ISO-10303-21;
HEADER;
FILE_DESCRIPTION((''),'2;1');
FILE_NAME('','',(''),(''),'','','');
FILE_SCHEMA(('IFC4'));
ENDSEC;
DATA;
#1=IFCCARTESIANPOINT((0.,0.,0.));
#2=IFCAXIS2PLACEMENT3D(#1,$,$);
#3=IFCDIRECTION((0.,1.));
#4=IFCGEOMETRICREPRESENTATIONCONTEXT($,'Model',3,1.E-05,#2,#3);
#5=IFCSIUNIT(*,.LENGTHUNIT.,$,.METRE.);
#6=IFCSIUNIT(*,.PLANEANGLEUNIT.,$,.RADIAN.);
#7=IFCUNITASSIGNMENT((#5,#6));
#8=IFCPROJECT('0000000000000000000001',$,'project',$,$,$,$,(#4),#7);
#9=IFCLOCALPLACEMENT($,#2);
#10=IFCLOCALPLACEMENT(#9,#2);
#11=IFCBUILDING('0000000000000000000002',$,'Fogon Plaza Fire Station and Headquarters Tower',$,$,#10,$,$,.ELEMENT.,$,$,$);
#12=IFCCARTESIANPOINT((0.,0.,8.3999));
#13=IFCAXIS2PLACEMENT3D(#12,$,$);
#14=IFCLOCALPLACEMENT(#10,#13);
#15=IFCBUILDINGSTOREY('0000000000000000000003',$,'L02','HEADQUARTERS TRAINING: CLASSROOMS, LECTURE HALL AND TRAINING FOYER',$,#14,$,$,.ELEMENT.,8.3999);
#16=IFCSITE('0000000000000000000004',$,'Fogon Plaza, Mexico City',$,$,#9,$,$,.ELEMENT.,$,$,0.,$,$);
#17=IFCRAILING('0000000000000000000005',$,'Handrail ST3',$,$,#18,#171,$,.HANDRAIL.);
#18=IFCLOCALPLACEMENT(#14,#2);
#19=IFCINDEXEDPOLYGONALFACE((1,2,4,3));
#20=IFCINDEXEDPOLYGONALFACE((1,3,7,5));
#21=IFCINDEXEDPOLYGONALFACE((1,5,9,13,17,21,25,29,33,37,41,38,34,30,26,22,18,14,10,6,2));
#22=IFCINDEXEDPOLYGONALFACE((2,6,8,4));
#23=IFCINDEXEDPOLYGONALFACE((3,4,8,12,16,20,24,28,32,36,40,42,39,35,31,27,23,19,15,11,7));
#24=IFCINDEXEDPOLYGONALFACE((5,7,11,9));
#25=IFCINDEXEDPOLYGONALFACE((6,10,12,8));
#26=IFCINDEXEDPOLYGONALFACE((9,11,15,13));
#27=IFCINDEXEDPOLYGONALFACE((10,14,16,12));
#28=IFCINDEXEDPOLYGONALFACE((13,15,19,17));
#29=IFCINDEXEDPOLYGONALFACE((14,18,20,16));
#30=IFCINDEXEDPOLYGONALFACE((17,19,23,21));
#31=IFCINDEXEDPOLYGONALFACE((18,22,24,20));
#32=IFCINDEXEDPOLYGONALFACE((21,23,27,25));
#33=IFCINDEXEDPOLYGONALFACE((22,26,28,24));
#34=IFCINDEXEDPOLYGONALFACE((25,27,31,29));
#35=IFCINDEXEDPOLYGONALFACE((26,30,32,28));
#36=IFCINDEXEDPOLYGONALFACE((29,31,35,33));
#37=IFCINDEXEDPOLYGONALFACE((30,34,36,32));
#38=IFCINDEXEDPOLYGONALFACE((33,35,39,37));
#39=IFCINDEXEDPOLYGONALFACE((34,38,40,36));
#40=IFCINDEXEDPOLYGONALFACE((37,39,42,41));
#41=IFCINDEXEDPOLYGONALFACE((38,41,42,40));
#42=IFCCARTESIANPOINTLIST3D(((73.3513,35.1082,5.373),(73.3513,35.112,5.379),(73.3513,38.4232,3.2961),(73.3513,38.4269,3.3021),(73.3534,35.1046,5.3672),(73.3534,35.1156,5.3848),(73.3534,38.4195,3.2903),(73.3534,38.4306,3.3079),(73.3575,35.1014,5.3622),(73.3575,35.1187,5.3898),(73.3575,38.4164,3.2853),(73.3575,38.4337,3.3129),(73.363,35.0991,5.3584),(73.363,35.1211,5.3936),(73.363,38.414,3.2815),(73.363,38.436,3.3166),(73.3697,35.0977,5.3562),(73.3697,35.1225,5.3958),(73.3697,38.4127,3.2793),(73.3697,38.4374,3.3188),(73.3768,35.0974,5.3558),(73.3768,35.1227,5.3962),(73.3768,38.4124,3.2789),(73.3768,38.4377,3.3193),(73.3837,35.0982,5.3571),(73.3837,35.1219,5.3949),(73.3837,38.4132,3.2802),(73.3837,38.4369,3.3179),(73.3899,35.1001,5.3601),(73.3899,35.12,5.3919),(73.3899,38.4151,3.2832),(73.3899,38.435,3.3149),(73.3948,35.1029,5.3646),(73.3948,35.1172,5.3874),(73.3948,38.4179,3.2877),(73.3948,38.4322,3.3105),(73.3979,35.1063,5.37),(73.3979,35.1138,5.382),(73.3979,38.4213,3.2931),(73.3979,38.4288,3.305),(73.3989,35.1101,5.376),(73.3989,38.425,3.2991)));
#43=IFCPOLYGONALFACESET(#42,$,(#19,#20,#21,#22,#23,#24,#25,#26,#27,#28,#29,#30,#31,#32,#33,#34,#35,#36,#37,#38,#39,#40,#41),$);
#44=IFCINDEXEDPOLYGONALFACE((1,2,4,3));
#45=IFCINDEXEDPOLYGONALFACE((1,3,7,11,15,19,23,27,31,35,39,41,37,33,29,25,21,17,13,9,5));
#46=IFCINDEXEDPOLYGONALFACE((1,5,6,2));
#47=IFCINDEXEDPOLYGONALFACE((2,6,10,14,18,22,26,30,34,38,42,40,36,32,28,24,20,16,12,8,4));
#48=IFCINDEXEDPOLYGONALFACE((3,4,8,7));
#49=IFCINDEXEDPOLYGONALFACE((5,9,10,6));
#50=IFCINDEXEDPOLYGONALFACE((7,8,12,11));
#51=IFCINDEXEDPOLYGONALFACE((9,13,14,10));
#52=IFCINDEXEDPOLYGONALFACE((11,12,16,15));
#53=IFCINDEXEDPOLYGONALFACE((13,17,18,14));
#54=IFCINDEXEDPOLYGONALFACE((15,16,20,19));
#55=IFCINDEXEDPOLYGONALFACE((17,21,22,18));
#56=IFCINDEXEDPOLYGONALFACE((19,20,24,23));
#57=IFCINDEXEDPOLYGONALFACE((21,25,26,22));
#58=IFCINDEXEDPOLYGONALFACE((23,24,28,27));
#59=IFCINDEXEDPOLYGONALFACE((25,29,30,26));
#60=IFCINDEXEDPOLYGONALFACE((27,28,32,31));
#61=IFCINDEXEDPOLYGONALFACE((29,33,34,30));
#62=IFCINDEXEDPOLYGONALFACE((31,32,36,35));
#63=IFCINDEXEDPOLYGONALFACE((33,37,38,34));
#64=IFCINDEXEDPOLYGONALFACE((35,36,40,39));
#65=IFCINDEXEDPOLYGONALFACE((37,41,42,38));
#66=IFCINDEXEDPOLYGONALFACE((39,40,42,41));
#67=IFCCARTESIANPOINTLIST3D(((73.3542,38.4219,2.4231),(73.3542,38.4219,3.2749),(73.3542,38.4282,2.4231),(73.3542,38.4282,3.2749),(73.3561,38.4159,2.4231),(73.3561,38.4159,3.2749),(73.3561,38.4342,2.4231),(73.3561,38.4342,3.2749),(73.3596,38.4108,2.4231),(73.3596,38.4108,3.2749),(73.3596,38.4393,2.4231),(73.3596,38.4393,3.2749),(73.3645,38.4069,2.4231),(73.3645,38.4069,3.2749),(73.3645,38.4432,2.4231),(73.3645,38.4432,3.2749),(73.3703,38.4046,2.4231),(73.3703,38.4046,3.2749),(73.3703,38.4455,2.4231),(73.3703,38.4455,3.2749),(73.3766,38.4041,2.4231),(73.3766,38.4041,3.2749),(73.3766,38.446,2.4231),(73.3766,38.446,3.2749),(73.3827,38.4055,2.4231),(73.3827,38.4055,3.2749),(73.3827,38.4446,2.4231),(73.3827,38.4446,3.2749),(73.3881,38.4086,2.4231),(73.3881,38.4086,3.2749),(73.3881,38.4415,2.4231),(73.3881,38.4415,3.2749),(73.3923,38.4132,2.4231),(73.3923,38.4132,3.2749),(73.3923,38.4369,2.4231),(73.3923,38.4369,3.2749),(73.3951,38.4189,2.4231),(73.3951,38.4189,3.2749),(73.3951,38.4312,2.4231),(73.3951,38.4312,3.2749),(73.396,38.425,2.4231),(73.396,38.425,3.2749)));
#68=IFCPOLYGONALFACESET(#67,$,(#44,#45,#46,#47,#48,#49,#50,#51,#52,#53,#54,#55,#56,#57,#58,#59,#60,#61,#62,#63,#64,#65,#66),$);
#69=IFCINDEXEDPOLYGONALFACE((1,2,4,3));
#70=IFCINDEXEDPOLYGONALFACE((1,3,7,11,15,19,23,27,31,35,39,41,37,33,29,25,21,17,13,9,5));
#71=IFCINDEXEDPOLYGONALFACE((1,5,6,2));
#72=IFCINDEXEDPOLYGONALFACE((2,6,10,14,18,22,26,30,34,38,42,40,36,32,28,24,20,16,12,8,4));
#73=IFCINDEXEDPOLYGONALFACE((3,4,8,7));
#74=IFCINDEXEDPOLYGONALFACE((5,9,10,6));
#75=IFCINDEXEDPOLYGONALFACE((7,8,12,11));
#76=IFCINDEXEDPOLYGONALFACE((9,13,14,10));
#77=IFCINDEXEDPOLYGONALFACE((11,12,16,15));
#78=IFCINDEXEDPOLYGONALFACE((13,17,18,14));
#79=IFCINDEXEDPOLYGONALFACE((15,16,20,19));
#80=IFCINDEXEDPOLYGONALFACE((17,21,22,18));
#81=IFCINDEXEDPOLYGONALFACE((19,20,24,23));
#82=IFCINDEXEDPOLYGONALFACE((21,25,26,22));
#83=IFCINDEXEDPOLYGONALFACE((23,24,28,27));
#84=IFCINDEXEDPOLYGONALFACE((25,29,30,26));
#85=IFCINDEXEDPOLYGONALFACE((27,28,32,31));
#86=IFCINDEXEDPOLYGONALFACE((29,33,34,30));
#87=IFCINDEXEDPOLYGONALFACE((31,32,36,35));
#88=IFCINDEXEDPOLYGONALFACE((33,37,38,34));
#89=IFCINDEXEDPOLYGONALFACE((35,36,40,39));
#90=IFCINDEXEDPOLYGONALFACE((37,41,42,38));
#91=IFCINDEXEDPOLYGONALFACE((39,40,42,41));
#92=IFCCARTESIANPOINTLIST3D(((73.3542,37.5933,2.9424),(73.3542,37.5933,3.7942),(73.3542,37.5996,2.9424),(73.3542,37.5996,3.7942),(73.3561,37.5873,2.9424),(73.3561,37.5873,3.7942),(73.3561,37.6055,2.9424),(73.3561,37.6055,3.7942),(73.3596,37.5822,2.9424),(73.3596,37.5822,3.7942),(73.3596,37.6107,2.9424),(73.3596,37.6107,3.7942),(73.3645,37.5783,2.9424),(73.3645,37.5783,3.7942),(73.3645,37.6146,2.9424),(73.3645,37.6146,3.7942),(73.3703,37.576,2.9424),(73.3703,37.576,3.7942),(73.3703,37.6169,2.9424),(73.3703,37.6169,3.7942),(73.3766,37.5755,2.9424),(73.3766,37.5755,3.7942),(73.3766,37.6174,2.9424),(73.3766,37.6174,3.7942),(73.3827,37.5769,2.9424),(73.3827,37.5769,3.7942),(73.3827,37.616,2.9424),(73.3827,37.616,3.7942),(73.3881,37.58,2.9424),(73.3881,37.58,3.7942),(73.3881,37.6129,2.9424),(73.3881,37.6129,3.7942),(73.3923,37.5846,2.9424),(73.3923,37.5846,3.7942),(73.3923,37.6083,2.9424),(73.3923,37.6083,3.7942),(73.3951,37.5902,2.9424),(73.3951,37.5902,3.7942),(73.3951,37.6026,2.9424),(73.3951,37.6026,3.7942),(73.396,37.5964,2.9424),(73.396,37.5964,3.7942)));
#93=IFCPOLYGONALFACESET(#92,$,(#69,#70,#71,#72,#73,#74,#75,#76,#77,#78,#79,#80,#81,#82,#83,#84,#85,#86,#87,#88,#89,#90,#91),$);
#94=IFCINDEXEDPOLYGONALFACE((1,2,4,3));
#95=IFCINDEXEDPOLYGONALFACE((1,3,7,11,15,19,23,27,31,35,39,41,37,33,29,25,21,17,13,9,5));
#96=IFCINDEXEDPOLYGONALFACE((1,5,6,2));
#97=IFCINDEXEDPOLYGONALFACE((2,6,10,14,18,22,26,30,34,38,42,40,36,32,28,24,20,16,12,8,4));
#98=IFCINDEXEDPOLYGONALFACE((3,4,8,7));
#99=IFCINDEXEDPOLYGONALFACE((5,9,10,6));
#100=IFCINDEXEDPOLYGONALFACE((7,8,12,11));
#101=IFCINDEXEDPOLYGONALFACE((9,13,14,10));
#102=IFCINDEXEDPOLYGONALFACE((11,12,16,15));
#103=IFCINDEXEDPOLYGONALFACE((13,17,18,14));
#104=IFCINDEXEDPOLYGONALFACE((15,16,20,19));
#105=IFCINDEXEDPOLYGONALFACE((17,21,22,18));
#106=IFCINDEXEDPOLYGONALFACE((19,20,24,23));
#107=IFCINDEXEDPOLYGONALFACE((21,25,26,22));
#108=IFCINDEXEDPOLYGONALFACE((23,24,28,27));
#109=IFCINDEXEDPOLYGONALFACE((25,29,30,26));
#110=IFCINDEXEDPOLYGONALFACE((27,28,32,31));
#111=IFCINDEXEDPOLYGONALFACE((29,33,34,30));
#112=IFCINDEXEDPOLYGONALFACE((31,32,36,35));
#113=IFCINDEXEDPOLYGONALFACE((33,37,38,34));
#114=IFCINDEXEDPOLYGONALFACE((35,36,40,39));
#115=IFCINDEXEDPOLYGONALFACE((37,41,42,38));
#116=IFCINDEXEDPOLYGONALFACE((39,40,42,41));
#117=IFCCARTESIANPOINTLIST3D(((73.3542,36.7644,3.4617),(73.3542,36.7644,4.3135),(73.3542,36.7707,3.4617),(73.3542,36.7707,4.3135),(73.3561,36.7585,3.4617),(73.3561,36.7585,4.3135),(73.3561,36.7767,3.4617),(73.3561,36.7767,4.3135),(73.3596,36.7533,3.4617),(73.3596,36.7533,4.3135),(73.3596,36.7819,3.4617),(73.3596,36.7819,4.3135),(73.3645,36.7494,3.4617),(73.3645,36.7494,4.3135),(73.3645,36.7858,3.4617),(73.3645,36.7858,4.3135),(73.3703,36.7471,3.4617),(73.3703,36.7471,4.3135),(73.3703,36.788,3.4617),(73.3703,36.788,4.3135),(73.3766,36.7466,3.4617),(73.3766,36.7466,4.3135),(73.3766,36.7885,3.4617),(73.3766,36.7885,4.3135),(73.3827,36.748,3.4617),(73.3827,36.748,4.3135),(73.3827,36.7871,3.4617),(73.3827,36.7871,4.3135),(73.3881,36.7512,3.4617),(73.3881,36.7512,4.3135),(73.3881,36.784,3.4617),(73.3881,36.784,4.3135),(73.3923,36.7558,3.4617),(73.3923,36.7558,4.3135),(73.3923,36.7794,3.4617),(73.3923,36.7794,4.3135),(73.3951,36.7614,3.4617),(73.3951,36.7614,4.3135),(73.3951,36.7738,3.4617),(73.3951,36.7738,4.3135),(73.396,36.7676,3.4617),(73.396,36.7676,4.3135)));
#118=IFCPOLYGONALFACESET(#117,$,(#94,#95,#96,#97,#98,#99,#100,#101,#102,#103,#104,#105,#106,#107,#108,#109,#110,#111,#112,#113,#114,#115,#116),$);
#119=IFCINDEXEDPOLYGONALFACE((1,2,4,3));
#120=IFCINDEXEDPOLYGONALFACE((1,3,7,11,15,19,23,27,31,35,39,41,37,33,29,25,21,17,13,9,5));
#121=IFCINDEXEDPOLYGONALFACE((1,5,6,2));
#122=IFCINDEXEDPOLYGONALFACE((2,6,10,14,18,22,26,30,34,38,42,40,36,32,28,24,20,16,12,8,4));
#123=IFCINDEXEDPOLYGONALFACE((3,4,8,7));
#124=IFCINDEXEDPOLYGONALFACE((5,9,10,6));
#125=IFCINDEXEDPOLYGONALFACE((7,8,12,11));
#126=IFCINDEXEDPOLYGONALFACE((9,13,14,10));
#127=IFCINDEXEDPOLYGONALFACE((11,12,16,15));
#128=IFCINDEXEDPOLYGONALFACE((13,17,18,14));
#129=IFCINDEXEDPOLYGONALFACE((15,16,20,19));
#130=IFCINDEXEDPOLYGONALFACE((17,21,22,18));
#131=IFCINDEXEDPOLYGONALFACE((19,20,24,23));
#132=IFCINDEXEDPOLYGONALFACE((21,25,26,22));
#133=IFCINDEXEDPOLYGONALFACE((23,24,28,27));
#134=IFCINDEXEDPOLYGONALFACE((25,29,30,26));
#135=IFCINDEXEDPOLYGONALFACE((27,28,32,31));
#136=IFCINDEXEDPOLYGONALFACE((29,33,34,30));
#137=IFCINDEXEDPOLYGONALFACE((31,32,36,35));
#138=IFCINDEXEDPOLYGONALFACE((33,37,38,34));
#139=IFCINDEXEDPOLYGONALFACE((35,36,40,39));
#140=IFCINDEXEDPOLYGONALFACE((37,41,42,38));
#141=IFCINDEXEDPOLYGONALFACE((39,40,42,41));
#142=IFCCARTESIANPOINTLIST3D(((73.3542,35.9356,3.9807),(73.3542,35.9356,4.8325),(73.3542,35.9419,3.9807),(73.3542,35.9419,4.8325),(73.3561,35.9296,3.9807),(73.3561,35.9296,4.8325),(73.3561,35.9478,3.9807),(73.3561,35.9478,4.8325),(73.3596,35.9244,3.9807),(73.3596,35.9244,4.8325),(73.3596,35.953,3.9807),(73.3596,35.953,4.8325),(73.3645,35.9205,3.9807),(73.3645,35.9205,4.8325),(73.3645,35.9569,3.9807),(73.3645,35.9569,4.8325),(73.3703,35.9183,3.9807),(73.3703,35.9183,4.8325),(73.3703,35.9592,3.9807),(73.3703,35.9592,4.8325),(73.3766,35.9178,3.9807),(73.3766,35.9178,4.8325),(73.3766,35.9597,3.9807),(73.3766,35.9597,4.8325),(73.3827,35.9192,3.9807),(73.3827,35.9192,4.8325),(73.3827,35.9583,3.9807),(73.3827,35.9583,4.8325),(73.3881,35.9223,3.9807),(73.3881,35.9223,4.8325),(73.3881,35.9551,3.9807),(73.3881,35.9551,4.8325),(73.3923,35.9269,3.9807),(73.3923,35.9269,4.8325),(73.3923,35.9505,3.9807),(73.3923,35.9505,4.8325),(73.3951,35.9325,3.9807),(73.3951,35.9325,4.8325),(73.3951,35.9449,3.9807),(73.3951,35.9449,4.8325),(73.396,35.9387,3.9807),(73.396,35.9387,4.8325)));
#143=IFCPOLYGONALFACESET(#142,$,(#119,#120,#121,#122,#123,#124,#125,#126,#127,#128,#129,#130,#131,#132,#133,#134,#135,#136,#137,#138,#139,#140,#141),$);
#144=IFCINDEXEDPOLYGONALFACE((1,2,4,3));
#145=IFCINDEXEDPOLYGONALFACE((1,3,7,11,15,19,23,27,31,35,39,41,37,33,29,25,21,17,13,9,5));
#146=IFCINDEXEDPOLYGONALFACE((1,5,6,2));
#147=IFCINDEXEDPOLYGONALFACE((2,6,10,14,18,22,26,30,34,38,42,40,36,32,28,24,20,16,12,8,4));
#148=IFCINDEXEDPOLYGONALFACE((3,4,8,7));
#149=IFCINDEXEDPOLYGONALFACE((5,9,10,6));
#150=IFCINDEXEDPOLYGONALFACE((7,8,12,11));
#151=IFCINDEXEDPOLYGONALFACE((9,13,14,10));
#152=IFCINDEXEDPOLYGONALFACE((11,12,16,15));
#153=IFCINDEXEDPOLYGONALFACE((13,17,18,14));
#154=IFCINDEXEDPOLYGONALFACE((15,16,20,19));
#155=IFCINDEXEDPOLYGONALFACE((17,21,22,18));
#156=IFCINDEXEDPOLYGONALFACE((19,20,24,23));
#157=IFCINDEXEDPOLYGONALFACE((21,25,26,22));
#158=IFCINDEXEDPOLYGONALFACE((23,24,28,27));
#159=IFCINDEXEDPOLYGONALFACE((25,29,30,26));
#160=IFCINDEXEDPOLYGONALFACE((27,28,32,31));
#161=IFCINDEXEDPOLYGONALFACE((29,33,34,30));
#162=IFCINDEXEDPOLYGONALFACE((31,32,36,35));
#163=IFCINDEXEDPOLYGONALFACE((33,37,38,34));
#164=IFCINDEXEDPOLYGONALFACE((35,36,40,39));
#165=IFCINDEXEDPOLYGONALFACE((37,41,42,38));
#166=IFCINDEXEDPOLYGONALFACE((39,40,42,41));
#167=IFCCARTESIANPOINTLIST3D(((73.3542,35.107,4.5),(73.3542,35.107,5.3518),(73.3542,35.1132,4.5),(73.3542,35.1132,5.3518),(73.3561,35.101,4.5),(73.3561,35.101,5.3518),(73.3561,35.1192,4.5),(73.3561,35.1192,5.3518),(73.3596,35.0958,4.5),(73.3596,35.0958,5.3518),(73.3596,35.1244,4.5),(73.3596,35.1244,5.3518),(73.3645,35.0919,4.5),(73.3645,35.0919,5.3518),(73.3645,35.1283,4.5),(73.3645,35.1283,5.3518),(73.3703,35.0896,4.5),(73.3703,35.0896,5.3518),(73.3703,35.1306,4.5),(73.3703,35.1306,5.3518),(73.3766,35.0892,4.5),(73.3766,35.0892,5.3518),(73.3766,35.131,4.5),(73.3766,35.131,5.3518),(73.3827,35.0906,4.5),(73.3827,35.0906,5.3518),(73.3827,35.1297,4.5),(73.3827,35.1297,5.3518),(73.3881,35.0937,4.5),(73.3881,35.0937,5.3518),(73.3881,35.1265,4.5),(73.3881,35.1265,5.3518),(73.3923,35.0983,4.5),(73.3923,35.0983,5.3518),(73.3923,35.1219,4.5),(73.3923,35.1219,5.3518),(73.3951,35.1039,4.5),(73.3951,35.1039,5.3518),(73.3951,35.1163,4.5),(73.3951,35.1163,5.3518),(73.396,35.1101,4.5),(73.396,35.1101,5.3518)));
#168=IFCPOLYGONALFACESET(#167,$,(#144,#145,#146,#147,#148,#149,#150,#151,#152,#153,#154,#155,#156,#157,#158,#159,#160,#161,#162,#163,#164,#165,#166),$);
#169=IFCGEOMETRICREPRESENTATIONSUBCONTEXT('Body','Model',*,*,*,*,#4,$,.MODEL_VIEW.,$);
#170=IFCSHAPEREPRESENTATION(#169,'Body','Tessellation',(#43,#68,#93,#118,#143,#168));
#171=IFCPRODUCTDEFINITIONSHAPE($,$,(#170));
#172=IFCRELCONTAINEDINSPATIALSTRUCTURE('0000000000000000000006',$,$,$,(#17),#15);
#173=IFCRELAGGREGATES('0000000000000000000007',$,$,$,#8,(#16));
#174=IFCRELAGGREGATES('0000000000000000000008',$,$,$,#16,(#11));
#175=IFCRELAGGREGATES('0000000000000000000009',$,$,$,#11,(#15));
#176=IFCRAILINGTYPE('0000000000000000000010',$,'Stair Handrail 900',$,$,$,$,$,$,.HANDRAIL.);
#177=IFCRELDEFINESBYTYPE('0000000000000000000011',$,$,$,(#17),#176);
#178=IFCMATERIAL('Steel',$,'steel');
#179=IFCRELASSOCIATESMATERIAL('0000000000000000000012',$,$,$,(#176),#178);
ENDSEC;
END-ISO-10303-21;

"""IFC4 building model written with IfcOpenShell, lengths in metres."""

from ifc_helpers import new_model, si_unit, direction, frame, origin, origin_2d, place, context, subcontext, project, spatial, circle, extrude, material, type_object, element, save


model = new_model("IFC4")

# Units and contexts
model_context = context("Model", 3, precision=1e-05, world=origin(), true_north=direction((0.0, 1.0)))
body_context = subcontext(model_context, "Body", "Model", "MODEL_VIEW")
ifc_project = project(units=[si_unit("LENGTHUNIT", "METRE"), si_unit("PLANEANGLEUNIT", "RADIAN")], contexts=[model_context])

# Site, building, storey
site_placement = place(None, origin())
site = spatial("IfcSite", under=ifc_project, at=site_placement, Name="Fogon Plaza, Mexico City", CompositionType="ELEMENT", RefElevation=0.0)
building_placement = place(site_placement, origin())
building = spatial("IfcBuilding", under=site, at=building_placement, Name="Fogon Plaza Fire Station and Headquarters Tower", CompositionType="ELEMENT")
storey_placement = place(building_placement, frame((0.0, 0.0, 8.3999)))
storey = spatial("IfcBuildingStorey", under=building, at=storey_placement, Name="L02", Description="HEADQUARTERS TRAINING: CLASSROOMS, LECTURE HALL AND TRAINING FOYER", CompositionType="ELEMENT", Elevation=8.3999)

# Railing
ifc_material_1 = material(Name="Steel", Category="steel")
railing_type = type_object("IfcRailingType", Name="Stair Handrail 900", PredefinedType="HANDRAIL", material=ifc_material_1)
for number, where, name in (
    (1, (73.375, 38.425, 2.4231), "Handrail ST3"),
):
    element("IfcRailing", number, at=place(storey_placement, frame(where)), inside=storey, type_object=railing_type, Name=name, PredefinedType="HANDRAIL", context=body_context, shape_type="SweptSolid", body=[
        extrude(circle(Radius=0.0239, at=origin_2d()), frame((0.0, 0.0, 0.876), z_axis=(0.0, -0.847416, 0.53093), x_axis=(1.0, 0.0, 0.0)), (0.0, 0.0, 1.0), 3.9119),
        extrude(circle(Radius=0.021, at=origin_2d()), origin(), (0.0, 0.0, 1.0), 0.8518),
        extrude(circle(Radius=0.021, at=origin_2d()), frame((0.0, -0.8286, 0.5193)), (0.0, 0.0, 1.0), 0.8518),
        extrude(circle(Radius=0.021, at=origin_2d()), frame((0.0, -1.6575, 1.0386)), (0.0, 0.0, 1.0), 0.8518),
        extrude(circle(Radius=0.021, at=origin_2d()), frame((0.0, -2.4863, 1.5576)), (0.0, 0.0, 1.0), 0.8518),
        extrude(circle(Radius=0.021, at=origin_2d()), frame((0.0, -3.3149, 2.0769)), (0.0, 0.0, 1.0), 0.8518),
    ])

save(model, "model.ifc")
